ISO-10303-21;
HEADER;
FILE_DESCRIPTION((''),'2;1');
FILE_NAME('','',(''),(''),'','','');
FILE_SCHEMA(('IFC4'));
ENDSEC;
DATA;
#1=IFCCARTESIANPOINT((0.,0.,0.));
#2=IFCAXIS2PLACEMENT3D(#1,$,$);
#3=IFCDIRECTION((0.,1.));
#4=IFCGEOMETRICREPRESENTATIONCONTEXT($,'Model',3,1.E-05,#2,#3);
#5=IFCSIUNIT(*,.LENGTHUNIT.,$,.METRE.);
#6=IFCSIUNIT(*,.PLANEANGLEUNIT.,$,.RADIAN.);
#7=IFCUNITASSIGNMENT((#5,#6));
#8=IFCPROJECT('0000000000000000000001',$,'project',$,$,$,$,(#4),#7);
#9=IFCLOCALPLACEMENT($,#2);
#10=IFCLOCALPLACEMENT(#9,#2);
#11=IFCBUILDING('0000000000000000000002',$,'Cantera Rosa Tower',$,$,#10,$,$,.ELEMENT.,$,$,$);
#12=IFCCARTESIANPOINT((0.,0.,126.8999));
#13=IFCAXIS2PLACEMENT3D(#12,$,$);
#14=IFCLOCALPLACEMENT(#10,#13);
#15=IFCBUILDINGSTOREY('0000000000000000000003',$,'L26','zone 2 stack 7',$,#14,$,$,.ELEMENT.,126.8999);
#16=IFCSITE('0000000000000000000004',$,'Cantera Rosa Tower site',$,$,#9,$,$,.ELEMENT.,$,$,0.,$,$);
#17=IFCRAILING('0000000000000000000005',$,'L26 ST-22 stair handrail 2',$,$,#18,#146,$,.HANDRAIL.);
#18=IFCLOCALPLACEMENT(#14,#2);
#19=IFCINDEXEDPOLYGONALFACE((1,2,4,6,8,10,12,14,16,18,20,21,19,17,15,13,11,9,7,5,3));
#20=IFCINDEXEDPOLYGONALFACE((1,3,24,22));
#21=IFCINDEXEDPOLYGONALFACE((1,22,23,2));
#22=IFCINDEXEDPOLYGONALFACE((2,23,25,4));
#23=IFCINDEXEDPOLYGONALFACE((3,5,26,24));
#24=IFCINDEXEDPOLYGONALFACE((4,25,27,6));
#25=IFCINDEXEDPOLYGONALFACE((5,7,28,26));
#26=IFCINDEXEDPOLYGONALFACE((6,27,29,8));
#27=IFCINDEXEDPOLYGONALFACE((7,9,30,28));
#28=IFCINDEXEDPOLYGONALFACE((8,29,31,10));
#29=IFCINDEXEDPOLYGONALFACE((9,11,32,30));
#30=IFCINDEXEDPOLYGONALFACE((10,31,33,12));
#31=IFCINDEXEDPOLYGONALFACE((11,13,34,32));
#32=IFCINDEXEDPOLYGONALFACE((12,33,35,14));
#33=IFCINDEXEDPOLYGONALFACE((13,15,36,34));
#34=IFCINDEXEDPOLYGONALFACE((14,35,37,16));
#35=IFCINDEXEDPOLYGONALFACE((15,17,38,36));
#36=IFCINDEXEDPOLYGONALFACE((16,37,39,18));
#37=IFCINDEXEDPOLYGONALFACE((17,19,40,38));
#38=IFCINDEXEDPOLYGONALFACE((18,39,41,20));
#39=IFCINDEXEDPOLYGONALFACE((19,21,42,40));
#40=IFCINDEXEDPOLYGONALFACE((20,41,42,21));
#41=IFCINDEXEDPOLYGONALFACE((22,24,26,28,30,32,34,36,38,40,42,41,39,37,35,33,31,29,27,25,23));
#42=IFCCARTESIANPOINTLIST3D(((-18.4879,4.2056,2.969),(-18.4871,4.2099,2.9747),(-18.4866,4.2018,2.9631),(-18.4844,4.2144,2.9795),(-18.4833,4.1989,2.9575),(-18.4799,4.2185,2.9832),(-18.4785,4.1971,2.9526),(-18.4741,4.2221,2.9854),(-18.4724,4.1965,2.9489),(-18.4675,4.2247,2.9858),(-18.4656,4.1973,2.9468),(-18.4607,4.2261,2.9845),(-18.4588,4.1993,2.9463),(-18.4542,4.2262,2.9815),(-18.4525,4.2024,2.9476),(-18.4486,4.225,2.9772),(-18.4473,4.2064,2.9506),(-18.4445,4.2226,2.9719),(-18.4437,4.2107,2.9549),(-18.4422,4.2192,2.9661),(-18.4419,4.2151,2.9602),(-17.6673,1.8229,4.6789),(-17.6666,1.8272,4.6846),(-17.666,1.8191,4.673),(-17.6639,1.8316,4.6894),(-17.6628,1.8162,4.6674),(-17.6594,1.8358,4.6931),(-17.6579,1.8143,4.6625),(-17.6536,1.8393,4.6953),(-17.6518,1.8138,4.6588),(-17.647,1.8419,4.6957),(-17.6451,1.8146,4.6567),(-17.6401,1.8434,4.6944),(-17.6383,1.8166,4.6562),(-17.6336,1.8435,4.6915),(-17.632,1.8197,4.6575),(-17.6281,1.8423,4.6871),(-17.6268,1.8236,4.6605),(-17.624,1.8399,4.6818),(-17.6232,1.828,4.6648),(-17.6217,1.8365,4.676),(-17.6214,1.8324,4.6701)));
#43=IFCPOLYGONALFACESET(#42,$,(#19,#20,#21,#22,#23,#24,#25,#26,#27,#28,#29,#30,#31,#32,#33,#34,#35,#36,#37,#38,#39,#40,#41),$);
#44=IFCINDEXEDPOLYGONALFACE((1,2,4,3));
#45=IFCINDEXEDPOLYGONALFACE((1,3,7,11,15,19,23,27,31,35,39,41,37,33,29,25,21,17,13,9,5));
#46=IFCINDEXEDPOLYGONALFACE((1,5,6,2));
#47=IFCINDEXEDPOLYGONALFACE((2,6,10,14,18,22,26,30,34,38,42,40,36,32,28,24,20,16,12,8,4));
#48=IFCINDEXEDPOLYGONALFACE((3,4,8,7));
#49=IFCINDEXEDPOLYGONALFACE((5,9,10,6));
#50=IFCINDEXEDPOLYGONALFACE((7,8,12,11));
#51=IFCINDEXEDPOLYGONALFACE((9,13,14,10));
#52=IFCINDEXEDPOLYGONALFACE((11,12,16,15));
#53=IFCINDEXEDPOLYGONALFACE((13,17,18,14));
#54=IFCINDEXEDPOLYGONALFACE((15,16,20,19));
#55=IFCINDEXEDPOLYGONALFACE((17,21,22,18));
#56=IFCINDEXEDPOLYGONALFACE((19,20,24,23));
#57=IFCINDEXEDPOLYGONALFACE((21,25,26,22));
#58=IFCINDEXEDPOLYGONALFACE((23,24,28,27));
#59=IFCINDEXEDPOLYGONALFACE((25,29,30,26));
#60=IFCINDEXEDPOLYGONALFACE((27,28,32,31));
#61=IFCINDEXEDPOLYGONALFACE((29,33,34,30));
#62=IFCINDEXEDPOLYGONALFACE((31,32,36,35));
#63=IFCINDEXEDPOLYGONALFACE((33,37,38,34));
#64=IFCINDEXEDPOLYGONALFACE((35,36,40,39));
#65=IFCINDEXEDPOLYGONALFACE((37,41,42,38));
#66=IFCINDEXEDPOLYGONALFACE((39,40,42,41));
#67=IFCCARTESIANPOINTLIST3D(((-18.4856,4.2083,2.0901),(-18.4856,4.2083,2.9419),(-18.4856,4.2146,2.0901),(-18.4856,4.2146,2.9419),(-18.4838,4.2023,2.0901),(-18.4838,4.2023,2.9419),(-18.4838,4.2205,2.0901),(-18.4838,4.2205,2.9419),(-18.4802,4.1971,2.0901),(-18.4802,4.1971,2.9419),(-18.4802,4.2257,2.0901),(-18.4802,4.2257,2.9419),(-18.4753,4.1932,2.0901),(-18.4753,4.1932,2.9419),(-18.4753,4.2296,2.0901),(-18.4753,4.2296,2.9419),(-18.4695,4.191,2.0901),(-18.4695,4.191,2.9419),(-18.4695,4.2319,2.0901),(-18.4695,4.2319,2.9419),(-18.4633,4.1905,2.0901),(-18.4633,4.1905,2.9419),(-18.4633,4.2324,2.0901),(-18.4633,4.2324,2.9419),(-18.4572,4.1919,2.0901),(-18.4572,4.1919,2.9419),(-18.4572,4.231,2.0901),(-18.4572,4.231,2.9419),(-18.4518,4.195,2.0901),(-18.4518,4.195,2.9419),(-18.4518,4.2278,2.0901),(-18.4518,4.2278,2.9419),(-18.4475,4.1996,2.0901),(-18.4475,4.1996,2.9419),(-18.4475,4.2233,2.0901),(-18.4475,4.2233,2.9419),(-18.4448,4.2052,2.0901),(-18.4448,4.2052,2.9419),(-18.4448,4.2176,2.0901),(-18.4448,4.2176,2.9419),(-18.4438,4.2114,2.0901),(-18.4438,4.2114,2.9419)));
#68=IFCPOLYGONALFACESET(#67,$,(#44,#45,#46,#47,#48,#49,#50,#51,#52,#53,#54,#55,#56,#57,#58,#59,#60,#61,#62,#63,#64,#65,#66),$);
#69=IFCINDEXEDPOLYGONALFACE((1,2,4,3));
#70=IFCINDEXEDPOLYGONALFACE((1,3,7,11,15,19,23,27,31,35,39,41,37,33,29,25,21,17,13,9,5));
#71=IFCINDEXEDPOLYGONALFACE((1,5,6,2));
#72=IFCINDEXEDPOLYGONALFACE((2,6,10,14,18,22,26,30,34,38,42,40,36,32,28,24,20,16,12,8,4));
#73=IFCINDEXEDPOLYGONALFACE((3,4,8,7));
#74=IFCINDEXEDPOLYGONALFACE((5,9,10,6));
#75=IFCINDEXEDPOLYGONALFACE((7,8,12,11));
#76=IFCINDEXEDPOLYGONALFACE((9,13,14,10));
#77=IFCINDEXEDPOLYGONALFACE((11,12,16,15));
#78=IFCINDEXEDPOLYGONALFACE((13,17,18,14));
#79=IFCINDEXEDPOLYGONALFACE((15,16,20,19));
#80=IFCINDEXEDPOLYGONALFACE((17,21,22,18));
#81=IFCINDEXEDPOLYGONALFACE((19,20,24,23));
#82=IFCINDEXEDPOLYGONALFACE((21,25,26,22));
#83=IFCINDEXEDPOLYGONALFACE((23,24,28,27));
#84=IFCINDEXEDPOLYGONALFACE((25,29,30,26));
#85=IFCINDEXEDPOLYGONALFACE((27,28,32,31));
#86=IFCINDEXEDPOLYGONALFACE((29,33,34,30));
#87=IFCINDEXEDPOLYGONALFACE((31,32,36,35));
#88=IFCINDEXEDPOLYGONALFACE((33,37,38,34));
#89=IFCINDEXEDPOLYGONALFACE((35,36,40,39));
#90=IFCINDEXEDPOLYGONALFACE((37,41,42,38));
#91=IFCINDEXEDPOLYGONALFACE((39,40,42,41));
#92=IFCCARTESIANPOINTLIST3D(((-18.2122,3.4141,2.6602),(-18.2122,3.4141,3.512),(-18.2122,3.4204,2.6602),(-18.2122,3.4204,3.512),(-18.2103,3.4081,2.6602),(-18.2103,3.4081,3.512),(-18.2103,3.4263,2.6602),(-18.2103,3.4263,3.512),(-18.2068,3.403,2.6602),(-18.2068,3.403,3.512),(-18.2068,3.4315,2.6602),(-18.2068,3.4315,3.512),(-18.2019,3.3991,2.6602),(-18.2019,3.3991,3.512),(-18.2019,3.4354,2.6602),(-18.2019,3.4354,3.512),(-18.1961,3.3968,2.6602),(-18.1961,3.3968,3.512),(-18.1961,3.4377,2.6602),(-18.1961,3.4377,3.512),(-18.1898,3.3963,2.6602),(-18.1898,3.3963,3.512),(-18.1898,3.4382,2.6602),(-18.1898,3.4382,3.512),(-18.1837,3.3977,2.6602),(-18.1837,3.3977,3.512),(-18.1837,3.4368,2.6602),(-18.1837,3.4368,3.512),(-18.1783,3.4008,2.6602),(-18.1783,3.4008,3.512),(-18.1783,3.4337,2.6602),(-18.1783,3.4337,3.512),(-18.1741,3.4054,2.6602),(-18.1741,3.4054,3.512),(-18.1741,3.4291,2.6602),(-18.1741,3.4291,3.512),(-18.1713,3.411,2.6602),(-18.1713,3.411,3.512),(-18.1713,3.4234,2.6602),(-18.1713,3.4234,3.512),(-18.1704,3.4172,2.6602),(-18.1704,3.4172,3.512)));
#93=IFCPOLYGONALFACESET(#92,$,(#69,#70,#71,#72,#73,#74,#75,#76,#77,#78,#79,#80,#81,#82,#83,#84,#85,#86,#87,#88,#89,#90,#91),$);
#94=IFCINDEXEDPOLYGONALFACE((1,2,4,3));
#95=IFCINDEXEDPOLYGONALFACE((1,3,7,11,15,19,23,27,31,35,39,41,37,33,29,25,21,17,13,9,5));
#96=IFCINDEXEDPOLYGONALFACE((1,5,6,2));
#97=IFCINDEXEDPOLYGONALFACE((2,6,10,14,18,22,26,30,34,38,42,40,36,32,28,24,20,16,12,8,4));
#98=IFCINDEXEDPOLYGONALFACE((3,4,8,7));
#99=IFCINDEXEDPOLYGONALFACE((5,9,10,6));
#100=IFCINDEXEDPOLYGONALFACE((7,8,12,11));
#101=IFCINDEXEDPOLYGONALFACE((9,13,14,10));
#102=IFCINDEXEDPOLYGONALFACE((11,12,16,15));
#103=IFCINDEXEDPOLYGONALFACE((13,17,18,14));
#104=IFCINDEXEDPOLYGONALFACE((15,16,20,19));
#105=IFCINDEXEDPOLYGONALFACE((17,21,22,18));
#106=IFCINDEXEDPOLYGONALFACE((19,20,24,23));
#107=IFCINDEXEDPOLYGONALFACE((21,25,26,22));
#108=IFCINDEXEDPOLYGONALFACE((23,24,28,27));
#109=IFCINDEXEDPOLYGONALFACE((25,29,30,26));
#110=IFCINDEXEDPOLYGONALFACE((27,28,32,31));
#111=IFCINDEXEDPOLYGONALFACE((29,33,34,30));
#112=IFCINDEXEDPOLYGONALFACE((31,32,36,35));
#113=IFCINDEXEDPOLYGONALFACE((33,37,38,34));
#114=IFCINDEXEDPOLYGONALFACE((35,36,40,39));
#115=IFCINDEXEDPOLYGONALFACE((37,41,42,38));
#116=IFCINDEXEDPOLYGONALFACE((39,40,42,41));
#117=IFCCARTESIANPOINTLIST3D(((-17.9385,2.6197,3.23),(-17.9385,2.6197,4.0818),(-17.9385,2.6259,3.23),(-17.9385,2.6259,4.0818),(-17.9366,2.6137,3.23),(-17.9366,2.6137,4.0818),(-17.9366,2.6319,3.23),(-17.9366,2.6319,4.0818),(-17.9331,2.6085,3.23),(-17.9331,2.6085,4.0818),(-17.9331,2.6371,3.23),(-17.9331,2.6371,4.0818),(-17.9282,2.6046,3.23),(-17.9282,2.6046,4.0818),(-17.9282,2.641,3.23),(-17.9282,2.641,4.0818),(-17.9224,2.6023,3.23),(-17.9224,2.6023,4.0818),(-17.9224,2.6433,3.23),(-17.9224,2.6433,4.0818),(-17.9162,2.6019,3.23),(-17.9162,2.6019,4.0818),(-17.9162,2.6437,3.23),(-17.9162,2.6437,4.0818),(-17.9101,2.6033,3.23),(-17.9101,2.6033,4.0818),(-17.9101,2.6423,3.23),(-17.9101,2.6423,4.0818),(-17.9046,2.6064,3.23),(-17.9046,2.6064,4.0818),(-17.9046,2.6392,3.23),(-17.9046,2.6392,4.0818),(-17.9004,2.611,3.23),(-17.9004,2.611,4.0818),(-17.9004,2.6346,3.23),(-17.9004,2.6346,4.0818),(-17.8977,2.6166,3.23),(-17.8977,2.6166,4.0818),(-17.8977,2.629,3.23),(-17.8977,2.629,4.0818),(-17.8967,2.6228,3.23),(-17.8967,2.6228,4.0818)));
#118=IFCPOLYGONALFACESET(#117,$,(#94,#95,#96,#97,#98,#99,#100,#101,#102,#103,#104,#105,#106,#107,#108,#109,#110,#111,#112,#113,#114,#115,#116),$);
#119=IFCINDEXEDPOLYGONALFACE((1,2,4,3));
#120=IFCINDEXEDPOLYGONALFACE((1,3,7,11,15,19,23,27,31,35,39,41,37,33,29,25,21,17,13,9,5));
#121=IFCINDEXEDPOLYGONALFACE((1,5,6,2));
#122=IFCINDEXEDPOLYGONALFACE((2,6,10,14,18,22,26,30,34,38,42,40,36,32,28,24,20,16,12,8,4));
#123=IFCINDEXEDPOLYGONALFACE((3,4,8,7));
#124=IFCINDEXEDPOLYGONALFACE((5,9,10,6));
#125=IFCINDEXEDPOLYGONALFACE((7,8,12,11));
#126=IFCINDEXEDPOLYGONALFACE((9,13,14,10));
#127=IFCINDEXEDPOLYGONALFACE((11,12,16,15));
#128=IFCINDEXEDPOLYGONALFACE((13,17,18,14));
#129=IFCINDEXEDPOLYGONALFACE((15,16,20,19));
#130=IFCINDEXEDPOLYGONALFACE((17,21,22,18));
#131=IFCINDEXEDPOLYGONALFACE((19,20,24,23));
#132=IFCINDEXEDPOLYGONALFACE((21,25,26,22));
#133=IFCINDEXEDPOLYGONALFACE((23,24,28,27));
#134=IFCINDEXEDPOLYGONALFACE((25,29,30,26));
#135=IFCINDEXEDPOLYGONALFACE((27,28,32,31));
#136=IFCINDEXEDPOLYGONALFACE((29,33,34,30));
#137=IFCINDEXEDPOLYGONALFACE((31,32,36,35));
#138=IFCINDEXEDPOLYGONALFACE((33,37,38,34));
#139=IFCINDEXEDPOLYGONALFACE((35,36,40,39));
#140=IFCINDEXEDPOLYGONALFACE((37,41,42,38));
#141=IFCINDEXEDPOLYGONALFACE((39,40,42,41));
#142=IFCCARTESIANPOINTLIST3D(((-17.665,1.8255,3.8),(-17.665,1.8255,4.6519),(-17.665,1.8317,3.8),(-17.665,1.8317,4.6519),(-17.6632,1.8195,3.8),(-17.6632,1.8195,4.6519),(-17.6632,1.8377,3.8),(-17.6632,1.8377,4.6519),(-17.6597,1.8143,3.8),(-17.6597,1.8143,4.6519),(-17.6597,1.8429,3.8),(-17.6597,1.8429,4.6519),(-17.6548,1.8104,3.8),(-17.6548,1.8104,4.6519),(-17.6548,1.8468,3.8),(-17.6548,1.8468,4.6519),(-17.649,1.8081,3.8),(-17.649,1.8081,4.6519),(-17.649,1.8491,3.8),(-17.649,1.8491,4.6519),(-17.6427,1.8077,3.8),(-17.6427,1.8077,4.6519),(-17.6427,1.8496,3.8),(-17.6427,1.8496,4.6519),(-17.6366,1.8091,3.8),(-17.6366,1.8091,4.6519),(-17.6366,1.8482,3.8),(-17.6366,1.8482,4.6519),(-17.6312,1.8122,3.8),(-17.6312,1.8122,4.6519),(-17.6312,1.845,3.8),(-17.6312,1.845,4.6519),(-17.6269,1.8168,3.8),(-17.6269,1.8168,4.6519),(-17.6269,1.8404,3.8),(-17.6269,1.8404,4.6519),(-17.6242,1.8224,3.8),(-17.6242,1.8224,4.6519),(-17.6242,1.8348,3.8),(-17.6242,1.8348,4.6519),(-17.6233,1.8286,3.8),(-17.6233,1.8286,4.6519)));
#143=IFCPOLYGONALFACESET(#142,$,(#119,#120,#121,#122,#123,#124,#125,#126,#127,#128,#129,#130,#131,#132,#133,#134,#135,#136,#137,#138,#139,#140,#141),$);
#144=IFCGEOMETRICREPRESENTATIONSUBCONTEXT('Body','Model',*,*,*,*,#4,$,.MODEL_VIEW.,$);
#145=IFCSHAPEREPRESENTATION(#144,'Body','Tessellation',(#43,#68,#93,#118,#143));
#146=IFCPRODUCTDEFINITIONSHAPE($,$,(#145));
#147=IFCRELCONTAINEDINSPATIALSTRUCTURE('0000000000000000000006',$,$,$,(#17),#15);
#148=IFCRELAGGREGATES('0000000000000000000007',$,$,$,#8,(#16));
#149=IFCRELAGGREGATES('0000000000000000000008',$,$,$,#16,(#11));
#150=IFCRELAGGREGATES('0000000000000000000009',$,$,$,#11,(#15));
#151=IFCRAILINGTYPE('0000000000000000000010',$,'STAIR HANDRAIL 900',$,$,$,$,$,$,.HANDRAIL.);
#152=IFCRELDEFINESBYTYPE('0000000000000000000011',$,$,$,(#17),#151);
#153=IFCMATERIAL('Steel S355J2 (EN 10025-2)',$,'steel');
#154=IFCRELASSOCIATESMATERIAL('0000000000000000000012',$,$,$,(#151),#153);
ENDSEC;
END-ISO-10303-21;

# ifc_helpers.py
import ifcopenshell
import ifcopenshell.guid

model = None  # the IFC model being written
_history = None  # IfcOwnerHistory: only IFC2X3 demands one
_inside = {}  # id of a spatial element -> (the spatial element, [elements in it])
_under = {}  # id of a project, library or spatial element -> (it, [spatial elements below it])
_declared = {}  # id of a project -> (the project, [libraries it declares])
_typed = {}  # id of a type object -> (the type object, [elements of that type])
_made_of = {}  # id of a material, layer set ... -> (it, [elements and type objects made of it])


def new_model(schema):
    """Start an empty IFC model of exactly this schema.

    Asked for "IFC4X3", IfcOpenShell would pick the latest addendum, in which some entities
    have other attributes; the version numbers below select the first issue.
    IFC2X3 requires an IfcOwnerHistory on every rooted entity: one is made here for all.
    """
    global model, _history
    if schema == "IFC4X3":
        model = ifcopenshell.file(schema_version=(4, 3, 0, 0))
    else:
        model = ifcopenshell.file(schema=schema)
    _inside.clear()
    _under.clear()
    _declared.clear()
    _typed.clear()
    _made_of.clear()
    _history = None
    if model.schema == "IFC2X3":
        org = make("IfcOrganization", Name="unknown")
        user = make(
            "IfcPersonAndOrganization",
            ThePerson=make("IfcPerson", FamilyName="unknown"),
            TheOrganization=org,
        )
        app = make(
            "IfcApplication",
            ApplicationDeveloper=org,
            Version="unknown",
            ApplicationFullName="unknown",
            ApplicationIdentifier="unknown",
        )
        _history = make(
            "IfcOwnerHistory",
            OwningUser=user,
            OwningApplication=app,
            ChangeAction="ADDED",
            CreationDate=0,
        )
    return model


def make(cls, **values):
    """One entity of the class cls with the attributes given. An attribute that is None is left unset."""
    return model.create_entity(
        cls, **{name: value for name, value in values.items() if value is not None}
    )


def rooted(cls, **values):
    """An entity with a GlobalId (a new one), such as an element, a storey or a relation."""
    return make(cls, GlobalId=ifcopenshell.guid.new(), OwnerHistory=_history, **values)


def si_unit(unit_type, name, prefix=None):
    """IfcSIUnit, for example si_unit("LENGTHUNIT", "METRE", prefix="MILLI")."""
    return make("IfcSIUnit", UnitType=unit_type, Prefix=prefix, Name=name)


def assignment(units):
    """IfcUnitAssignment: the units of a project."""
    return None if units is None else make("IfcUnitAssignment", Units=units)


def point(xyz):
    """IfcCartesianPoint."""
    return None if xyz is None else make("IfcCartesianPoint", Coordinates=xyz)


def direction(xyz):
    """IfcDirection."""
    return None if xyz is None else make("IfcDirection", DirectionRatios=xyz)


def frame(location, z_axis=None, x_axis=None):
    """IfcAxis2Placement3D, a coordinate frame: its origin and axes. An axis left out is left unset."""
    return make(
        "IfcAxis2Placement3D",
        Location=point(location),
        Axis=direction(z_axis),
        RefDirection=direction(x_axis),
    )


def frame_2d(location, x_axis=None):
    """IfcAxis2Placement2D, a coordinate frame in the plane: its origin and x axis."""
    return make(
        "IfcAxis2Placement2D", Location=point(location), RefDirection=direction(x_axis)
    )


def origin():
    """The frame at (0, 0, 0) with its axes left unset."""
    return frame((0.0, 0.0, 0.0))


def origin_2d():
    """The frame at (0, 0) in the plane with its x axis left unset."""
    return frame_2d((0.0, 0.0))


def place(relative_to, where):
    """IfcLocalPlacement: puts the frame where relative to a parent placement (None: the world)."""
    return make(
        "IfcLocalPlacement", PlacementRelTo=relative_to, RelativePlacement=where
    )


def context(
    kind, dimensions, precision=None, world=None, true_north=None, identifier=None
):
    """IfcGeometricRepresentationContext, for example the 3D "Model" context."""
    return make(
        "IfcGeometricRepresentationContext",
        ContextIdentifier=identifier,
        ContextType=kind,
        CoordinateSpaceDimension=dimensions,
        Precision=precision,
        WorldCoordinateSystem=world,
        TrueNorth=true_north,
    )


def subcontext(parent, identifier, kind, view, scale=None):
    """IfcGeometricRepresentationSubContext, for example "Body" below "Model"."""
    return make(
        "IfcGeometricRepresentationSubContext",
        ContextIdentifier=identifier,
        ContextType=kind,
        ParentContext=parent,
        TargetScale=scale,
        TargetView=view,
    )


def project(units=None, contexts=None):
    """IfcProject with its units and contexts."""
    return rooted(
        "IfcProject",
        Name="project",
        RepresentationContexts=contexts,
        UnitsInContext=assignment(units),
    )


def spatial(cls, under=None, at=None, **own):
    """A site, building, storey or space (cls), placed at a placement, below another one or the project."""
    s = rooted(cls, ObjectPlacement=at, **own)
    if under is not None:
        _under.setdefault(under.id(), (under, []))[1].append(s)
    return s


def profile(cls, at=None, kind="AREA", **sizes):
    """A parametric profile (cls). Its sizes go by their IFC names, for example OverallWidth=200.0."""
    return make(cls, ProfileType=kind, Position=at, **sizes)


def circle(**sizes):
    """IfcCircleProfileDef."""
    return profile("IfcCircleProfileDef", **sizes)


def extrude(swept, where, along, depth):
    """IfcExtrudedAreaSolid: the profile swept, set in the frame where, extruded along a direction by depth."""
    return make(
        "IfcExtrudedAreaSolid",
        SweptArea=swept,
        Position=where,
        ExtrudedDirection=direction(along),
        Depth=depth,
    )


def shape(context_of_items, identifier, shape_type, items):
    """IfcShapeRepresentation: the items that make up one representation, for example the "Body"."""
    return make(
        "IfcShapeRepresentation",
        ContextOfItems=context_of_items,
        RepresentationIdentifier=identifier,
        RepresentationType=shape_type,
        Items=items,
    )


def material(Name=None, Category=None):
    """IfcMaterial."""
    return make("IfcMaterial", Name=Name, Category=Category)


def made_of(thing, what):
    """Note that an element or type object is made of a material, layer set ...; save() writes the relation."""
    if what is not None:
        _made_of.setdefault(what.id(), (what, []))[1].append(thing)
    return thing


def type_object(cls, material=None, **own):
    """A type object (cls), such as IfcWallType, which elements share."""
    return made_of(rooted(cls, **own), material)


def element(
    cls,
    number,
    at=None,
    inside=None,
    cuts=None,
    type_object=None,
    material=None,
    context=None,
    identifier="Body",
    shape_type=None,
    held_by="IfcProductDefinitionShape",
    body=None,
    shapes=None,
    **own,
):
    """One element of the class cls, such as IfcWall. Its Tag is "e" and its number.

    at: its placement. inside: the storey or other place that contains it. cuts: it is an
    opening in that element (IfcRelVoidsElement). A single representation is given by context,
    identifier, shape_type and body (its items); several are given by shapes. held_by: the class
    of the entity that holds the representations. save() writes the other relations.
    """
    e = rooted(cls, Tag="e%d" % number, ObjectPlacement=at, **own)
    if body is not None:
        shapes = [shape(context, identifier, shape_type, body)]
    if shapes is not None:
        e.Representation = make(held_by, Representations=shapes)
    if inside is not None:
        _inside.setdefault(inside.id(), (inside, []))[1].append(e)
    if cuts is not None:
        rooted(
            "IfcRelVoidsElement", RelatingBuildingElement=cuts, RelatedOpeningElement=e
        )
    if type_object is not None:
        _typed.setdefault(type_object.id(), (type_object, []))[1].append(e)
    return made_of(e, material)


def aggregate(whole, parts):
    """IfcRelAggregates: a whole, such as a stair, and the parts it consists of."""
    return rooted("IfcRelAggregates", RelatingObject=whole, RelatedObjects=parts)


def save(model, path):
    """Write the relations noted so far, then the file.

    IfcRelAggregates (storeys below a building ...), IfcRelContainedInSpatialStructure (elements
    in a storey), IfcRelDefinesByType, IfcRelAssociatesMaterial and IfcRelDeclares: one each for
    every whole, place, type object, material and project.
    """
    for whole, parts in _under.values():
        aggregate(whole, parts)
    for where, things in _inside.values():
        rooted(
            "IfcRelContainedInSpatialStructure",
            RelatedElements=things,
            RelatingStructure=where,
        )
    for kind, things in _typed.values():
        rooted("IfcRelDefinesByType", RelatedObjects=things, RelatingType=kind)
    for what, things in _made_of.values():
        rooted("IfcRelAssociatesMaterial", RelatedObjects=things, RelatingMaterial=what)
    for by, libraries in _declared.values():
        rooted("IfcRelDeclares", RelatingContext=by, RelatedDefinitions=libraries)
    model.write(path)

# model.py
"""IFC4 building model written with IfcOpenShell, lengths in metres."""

from ifc_helpers import new_model, si_unit, direction, frame, origin, origin_2d, place, context, subcontext, project, spatial, circle, extrude, material, type_object, element, save


model = new_model("IFC4")

# Units and contexts
model_context = context("Model", 3, precision=1e-05, world=origin(), true_north=direction((0.0, 1.0)))
body_context = subcontext(model_context, "Body", "Model", "MODEL_VIEW")
ifc_project = project(units=[si_unit("LENGTHUNIT", "METRE"), si_unit("PLANEANGLEUNIT", "RADIAN")], contexts=[model_context])

# Site, building, storey
site_placement = place(None, origin())
site = spatial("IfcSite", under=ifc_project, at=site_placement, Name="Cantera Rosa Tower site", CompositionType="ELEMENT", RefElevation=0.0)
building_placement = place(site_placement, origin())
building = spatial("IfcBuilding", under=site, at=building_placement, Name="Cantera Rosa Tower", CompositionType="ELEMENT")
storey_placement = place(building_placement, frame((0.0, 0.0, 126.8999)))
storey = spatial("IfcBuildingStorey", under=building, at=storey_placement, Name="L26", Description="zone 2 stack 7", CompositionType="ELEMENT", Elevation=126.8999)

# Railing
ifc_material_1 = material(Name="Steel S355J2 (EN 10025-2)", Category="steel")
railing_type_1 = type_object("IfcRailingType", Name="STAIR HANDRAIL 900", PredefinedType="HANDRAIL", material=ifc_material_1)
railing_1_placement = place(storey_placement, frame((-18.4648, 4.2114, 2.0901)))
element("IfcRailing", 1, at=railing_1_placement, inside=storey, type_object=railing_type_1, Name="L26 ST-22 stair handrail 2", PredefinedType="HANDRAIL", context=body_context, shape_type="SweptSolid", body=[
    extrude(circle(Radius=0.0239, at=origin_2d()), frame((0.0, 0.0, 0.876), z_axis=(0.269432, -0.782404, 0.561471), x_axis=(0.945508, 0.3256, 0.0)), (0.0, 0.0, 1.0), 3.0454),
    extrude(circle(Radius=0.021, at=origin_2d()), origin(), (0.0, 0.0, 1.0), 0.8518),
    extrude(circle(Radius=0.021, at=origin_2d()), frame((0.2734, -0.7942, 0.5701)), (0.0, 0.0, 1.0), 0.8518),
    extrude(circle(Radius=0.021, at=origin_2d()), frame((0.5471, -1.5886, 1.1399)), (0.0, 0.0, 1.0), 0.8518),
    extrude(circle(Radius=0.021, at=origin_2d()), frame((0.8206, -2.3828, 1.71)), (0.0, 0.0, 1.0), 0.8518),
])

save(model, "model.ifc")
